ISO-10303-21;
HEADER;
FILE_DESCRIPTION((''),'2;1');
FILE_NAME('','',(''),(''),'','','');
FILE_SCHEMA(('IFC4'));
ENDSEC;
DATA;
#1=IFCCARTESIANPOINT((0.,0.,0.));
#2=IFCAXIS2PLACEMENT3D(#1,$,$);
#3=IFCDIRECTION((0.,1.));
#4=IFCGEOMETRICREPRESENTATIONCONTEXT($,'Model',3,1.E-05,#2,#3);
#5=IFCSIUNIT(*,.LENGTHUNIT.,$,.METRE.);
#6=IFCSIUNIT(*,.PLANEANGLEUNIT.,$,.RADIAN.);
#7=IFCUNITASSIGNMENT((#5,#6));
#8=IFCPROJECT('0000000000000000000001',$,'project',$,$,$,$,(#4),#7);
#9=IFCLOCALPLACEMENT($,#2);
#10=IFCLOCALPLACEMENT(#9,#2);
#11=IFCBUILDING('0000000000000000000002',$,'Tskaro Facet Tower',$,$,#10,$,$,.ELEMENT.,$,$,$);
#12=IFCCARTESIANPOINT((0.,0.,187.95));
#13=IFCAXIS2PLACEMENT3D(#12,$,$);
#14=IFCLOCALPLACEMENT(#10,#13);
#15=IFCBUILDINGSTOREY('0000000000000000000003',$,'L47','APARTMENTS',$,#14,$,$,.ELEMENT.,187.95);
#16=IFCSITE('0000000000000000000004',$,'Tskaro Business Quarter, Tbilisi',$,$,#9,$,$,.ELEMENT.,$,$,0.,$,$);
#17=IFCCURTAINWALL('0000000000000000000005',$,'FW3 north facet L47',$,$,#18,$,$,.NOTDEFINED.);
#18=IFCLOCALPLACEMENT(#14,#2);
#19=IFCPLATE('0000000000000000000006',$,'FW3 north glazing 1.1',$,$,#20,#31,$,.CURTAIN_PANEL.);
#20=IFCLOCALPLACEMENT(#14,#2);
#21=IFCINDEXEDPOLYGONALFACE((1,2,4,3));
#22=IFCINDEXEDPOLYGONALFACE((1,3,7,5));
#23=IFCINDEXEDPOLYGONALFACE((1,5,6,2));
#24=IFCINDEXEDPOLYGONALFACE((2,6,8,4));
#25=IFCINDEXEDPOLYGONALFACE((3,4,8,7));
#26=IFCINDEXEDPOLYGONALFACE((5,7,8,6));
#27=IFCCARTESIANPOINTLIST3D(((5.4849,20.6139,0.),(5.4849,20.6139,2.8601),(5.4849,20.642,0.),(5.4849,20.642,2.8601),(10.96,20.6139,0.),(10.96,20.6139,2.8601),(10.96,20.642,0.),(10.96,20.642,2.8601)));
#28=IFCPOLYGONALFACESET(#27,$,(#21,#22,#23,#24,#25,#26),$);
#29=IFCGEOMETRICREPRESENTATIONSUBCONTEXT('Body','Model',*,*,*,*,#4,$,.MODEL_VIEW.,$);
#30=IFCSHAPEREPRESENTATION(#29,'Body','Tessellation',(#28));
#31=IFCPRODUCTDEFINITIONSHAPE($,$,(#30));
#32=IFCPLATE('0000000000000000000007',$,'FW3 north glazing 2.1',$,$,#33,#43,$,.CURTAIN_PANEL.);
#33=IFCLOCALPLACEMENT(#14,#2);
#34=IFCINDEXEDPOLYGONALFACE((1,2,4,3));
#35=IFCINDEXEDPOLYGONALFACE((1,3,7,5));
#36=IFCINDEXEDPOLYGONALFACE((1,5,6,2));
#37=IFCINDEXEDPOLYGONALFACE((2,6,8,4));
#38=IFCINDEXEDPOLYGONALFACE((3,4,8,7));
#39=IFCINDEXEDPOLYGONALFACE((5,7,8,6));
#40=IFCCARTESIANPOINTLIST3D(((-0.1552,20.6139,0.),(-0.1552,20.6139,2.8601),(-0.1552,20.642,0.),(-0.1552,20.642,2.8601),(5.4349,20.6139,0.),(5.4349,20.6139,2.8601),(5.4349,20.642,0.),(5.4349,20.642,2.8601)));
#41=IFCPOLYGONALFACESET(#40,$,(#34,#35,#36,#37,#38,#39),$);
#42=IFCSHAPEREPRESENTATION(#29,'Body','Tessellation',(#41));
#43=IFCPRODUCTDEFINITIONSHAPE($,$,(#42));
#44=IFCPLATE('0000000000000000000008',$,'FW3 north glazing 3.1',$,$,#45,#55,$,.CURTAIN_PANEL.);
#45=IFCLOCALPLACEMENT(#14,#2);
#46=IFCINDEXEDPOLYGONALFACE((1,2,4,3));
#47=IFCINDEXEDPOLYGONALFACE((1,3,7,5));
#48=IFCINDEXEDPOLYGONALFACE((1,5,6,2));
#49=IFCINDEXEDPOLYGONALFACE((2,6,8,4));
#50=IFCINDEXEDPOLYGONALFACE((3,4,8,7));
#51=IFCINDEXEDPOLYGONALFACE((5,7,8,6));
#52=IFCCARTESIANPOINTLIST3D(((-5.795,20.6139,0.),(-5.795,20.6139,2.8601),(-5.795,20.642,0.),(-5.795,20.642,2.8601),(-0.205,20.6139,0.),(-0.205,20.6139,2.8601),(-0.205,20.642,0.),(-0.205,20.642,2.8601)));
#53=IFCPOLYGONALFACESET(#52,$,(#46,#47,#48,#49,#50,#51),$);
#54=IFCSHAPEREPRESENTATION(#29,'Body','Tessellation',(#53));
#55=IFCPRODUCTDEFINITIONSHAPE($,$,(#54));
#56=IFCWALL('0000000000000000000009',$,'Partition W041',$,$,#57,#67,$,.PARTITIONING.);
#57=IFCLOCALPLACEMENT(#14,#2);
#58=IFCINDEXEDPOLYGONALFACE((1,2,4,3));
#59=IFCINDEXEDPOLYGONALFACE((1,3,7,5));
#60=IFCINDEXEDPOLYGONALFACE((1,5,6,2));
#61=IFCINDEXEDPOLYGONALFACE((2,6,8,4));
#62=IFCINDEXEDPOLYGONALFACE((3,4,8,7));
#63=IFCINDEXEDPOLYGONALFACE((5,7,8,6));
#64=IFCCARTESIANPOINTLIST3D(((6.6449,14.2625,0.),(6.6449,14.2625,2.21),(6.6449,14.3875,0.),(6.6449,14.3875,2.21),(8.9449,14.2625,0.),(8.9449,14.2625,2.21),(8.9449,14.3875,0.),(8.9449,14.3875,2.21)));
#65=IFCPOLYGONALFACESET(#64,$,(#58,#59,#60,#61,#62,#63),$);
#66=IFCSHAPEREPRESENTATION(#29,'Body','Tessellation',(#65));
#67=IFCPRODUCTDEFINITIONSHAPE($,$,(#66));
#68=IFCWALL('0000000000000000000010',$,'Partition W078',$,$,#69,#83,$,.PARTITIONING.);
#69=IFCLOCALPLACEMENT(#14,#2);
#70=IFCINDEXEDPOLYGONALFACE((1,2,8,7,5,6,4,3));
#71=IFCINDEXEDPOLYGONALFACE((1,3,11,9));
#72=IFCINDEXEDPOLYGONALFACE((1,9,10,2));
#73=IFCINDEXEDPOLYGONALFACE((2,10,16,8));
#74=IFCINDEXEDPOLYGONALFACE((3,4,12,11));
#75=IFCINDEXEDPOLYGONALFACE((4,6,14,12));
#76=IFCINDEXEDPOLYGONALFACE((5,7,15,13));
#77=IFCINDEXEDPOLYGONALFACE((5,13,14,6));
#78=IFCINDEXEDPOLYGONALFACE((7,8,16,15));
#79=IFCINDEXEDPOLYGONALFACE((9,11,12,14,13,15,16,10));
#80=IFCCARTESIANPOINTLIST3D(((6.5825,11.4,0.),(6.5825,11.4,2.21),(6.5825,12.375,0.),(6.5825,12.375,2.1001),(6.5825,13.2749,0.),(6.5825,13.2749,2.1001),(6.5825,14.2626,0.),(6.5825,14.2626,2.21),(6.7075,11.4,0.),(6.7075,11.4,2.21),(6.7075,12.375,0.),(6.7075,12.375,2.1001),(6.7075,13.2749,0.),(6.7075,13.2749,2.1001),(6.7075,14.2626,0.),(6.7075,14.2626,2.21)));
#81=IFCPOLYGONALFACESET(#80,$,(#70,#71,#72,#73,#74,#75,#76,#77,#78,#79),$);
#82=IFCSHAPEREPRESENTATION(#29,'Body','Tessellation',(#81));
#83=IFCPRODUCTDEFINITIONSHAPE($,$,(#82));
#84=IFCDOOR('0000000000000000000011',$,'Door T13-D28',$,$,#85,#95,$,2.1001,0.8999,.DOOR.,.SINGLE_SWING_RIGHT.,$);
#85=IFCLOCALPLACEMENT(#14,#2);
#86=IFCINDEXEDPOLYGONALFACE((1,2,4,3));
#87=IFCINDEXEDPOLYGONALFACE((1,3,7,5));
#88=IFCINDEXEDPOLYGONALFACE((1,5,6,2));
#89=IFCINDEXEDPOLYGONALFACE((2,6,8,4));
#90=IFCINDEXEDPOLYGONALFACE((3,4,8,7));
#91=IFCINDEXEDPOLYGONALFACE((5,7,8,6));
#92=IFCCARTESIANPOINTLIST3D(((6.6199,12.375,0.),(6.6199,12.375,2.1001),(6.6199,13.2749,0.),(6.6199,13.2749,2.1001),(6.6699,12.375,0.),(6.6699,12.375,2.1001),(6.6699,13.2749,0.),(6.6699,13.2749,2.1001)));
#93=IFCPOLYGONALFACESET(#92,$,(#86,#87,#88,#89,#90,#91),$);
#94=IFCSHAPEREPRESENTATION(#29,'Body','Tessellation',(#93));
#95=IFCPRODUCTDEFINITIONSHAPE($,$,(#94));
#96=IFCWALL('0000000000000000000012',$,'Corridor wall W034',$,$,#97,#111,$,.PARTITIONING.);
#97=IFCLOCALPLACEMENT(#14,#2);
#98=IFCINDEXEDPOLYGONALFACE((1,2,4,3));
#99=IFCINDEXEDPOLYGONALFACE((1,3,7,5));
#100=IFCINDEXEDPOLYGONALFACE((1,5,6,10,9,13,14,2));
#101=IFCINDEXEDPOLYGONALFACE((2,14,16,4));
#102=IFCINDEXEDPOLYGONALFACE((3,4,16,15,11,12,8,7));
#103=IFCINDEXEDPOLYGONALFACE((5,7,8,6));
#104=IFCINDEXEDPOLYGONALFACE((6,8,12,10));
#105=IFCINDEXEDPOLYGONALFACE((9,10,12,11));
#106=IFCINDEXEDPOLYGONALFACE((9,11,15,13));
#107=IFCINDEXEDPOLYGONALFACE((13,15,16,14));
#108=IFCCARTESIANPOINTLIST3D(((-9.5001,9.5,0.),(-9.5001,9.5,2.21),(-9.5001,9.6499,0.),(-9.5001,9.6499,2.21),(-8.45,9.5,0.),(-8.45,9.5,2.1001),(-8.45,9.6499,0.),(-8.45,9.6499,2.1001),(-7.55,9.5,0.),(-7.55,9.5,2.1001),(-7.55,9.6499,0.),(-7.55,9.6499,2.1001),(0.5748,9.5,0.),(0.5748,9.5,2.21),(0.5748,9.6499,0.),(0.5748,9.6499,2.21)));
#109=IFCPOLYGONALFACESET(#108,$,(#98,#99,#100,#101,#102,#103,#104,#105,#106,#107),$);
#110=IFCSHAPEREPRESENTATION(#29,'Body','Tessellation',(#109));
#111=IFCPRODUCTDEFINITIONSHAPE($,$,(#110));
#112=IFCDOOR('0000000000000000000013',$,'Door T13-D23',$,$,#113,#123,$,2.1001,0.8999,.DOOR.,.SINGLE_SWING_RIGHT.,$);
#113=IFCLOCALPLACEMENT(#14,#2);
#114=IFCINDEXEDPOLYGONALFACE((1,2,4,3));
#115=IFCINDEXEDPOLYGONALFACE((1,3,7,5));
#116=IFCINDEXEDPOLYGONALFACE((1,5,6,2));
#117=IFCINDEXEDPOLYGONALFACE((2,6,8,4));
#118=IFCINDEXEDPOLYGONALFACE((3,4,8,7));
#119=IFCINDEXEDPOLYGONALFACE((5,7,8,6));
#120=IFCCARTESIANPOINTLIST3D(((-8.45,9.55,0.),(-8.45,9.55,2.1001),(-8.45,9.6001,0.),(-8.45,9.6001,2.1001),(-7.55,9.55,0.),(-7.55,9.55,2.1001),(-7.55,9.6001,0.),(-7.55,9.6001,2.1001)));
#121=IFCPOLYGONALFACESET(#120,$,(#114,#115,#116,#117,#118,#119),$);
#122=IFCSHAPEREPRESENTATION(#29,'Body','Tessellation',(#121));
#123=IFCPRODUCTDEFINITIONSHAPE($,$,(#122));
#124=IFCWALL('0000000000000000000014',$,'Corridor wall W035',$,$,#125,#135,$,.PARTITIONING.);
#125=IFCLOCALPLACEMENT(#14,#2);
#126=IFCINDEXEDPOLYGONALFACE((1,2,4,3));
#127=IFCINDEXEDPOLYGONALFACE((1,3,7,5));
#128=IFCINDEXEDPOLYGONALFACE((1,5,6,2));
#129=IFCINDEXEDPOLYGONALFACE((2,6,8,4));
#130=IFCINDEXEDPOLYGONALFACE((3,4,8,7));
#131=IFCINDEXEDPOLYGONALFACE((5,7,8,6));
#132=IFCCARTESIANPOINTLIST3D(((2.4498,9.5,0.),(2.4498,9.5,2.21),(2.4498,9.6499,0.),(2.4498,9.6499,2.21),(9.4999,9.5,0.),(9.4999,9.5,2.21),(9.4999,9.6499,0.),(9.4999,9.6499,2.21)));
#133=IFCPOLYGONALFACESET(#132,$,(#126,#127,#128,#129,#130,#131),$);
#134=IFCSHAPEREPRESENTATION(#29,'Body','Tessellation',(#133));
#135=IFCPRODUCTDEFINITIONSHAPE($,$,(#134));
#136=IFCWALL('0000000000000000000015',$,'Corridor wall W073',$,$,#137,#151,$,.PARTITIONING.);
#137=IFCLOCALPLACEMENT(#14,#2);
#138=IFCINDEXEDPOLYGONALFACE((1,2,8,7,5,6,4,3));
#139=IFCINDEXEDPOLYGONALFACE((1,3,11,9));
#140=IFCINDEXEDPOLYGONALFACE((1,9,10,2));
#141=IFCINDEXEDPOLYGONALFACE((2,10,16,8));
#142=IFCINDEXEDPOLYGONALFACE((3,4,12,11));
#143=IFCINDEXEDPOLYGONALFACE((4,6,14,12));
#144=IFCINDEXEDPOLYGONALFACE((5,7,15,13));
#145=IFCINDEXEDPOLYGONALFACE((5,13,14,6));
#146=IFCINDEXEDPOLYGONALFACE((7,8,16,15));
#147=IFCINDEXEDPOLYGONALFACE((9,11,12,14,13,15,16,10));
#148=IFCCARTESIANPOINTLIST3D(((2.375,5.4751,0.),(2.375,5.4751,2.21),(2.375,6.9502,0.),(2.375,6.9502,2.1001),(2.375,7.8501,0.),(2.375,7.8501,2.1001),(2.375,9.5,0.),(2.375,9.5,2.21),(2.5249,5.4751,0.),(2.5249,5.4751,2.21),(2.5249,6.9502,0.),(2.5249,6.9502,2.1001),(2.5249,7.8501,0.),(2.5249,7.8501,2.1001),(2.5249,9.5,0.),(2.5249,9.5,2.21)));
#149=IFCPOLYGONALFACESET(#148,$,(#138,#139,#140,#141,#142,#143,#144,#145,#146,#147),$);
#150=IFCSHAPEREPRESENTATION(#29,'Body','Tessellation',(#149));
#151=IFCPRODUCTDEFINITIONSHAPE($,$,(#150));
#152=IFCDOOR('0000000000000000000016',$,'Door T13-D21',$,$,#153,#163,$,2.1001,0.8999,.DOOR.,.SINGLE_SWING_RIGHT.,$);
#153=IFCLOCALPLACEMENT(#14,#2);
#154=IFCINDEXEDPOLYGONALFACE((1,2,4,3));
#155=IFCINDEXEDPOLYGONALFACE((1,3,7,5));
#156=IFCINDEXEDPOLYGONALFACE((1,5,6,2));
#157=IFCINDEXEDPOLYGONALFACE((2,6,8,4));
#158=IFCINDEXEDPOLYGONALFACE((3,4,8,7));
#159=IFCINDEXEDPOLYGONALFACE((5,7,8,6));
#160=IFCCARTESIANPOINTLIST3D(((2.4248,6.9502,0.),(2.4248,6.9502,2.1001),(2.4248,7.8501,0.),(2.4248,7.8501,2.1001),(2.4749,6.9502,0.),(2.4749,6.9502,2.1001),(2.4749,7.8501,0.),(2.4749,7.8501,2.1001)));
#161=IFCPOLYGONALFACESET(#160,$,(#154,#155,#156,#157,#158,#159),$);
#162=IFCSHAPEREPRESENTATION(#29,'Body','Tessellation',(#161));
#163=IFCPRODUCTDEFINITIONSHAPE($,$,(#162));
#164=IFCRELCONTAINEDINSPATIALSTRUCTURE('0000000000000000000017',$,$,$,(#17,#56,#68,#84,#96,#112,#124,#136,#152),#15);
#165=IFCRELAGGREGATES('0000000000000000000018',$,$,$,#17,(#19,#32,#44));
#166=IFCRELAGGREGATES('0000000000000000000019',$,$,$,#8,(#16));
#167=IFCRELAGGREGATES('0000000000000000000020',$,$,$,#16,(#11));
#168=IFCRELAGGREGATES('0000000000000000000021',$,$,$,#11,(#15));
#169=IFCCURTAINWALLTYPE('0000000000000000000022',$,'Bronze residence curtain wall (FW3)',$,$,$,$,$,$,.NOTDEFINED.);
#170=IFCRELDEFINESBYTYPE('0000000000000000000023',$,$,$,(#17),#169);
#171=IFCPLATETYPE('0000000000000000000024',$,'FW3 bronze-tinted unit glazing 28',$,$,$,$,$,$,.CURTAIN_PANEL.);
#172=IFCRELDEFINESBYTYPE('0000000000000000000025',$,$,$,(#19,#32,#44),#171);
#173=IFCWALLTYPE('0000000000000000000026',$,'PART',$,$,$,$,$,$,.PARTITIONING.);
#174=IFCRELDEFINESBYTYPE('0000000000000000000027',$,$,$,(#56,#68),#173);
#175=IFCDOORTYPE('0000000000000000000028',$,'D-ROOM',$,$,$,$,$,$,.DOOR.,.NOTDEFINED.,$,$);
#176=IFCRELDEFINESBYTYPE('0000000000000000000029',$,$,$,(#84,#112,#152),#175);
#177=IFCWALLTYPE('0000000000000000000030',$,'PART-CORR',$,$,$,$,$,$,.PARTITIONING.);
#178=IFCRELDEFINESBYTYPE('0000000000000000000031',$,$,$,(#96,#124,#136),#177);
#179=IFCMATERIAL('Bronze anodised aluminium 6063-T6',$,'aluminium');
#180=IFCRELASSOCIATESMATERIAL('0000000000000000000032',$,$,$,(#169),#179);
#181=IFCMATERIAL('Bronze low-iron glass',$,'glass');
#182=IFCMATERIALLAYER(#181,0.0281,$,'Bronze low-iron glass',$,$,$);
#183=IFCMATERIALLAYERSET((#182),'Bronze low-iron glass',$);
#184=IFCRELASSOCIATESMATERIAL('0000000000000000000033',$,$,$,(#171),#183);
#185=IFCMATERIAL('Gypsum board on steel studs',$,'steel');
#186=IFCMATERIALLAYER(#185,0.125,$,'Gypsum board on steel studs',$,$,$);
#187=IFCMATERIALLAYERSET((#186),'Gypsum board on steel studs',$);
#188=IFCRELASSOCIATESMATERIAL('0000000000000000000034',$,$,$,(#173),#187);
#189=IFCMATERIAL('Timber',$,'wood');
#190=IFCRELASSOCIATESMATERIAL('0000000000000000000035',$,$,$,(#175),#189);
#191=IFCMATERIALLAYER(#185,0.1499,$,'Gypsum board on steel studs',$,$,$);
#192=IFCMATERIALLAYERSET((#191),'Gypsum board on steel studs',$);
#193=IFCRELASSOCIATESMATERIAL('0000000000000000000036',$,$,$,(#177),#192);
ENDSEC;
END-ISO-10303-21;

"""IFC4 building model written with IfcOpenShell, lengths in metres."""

from ifc_helpers import new_model, si_unit, direction, frame, frame_2d, origin, origin_2d, place, context, subcontext, project, spatial, rectangle, extrude, material, layer, layer_set, type_object, element, fill, aggregate, save


model = new_model("IFC4")

# Units and contexts
model_context = context("Model", 3, precision=1e-05, world=origin(), true_north=direction((0.0, 1.0)))
body_context = subcontext(model_context, "Body", "Model", "MODEL_VIEW")
ifc_project = project(units=[si_unit("LENGTHUNIT", "METRE"), si_unit("PLANEANGLEUNIT", "RADIAN")], contexts=[model_context])

# Site, building, storey
site_placement = place(None, origin())
site = spatial("IfcSite", under=ifc_project, at=site_placement, Name="Tskaro Business Quarter, Tbilisi", CompositionType="ELEMENT", RefElevation=0.0)
building_placement = place(site_placement, origin())
building = spatial("IfcBuilding", under=site, at=building_placement, Name="Tskaro Facet Tower", CompositionType="ELEMENT")
storey_placement = place(building_placement, frame((0.0, 0.0, 187.95)))
storey = spatial("IfcBuildingStorey", under=building, at=storey_placement, Name="L47", Description="APARTMENTS", CompositionType="ELEMENT", Elevation=187.95)

# Curtain wall
ifc_material_1 = material(Name="Bronze anodised aluminium 6063-T6", Category="aluminium")
curtain_wall_type = type_object("IfcCurtainWallType", Name="Bronze residence curtain wall (FW3)", PredefinedType="NOTDEFINED", material=ifc_material_1)
curtain_wall_placement = place(storey_placement, origin())
curtain_wall = element("IfcCurtainWall", 1, at=curtain_wall_placement, inside=storey, type_object=curtain_wall_type, Name="FW3 north facet L47", PredefinedType="NOTDEFINED")

# Plates
ifc_material_2 = material(Name="Bronze low-iron glass", Category="glass")
ifc_layer_1 = layer(ifc_material_2, 0.0281, Name="Bronze low-iron glass")
ifc_layer_set_1 = layer_set([ifc_layer_1], Name="Bronze low-iron glass")
plate_type = type_object("IfcPlateType", Name="FW3 bronze-tinted unit glazing 28", PredefinedType="CURTAIN_PANEL", material=ifc_layer_set_1)
plate_1_placement = place(storey_placement, frame((8.2224, 20.6279, 0.0), z_axis=(0.0, 0.0, 1.0), x_axis=(-1.0, 0.0, 0.0)))
plate_1 = element("IfcPlate", 2, at=plate_1_placement, type_object=plate_type, Name="FW3 north glazing 1.1", PredefinedType="CURTAIN_PANEL", context=body_context, shape_type="SweptSolid", body=[
    extrude(rectangle(XDim=5.4751, YDim=0.0281, at=origin_2d()), origin(), (0.0, 0.0, 1.0), 2.8601),
])
plate_2_placement = place(storey_placement, frame((2.6399, 20.6279, 0.0), z_axis=(0.0, 0.0, 1.0), x_axis=(-1.0, 0.0, 0.0)))
plate_2 = element("IfcPlate", 3, at=plate_2_placement, type_object=plate_type, Name="FW3 north glazing 2.1", PredefinedType="CURTAIN_PANEL", context=body_context, shape_type="SweptSolid", body=[
    extrude(rectangle(XDim=5.5901, YDim=0.0281, at=origin_2d()), origin(), (0.0, 0.0, 1.0), 2.8601),
])
plate_3_placement = place(storey_placement, frame((-3.0, 20.6279, 0.0), z_axis=(0.0, 0.0, 1.0), x_axis=(-1.0, 0.0, 0.0)))
plate_3 = element("IfcPlate", 4, at=plate_3_placement, type_object=plate_type, Name="FW3 north glazing 3.1", PredefinedType="CURTAIN_PANEL", context=body_context, shape_type="SweptSolid", body=[
    extrude(rectangle(XDim=5.5901, YDim=0.0281, at=origin_2d()), origin(), (0.0, 0.0, 1.0), 2.8601),
])
aggregate(curtain_wall, [plate_1, plate_2, plate_3])

# Wall
ifc_material_3 = material(Name="Gypsum board on steel studs", Category="steel")
ifc_layer_2 = layer(ifc_material_3, 0.125, Name="Gypsum board on steel studs")
ifc_layer_set_2 = layer_set([ifc_layer_2], Name="Gypsum board on steel studs")
wall_type_1 = type_object("IfcWallType", Name="PART", PredefinedType="PARTITIONING", material=ifc_layer_set_2)
wall_1_placement = place(storey_placement, frame((6.645, 14.325, 0.0), z_axis=(0.0, 0.0, 1.0), x_axis=(1.0, 0.0, 0.0)))
element("IfcWall", 5, at=wall_1_placement, inside=storey, type_object=wall_type_1, Name="Partition W041", PredefinedType="PARTITIONING", context=body_context, shape_type="SweptSolid", body=[
    extrude(rectangle(XDim=2.3, YDim=0.125, at=frame_2d((1.1499, 0.0))), origin(), (0.0, 0.0, 1.0), 2.21),
])

# Walls, openings, doors
wall_2_placement = place(storey_placement, frame((6.645, 14.2625, 0.0), z_axis=(0.0, 0.0, 1.0), x_axis=(0.0, -1.0, 0.0)))
wall_2 = element("IfcWall", 6, at=wall_2_placement, inside=storey, type_object=wall_type_1, Name="Partition W078", PredefinedType="PARTITIONING", context=body_context, shape_type="SweptSolid", body=[
    extrude(rectangle(XDim=2.8625, YDim=0.125, at=frame_2d((1.4312, 0.0))), origin(), (0.0, 0.0, 1.0), 2.21),
])
opening_1_placement = place(wall_2_placement, frame((0.9875, 0.0, 0.0)))
opening_1 = element("IfcOpeningElement", 7, at=opening_1_placement, cuts=wall_2, PredefinedType="OPENING", context=body_context, shape_type="SweptSolid", body=[
    extrude(rectangle(XDim=0.8999, YDim=2.1001, at=frame_2d((0.45, 1.05))), frame((0.0, 0.0725, 0.0), z_axis=(0.0, -1.0, 0.0), x_axis=(1.0, 0.0, 0.0)), (0.0, 0.0, 1.0), 0.145),
])
ifc_material_4 = material(Name="Timber", Category="wood")
door_type = type_object("IfcDoorType", Name="D-ROOM", OperationType="NOTDEFINED", PredefinedType="DOOR", material=ifc_material_4)
door_1_placement = place(opening_1_placement, origin())
door_1 = element("IfcDoor", 8, at=door_1_placement, inside=storey, type_object=door_type, Name="Door T13-D28", OperationType="SINGLE_SWING_RIGHT", OverallHeight=2.1001, OverallWidth=0.8999, PredefinedType="DOOR", context=body_context, shape_type="SweptSolid", body=[
    extrude(rectangle(XDim=0.8999, YDim=2.1001, at=frame_2d((0.45, 1.05))), frame((0.0, 0.0249, 0.0), z_axis=(0.0, -1.0, 0.0), x_axis=(1.0, 0.0, 0.0)), (0.0, 0.0, 1.0), 0.05),
])
fill(opening_1, door_1)
ifc_layer_3 = layer(ifc_material_3, 0.1499, Name="Gypsum board on steel studs")
ifc_layer_set_3 = layer_set([ifc_layer_3], Name="Gypsum board on steel studs")
wall_type_2 = type_object("IfcWallType", Name="PART-CORR", PredefinedType="PARTITIONING", material=ifc_layer_set_3)
wall_3_placement = place(storey_placement, frame((0.575, 9.575, 0.0), z_axis=(0.0, 0.0, 1.0), x_axis=(-1.0, 0.0, 0.0)))
wall_3 = element("IfcWall", 9, at=wall_3_placement, inside=storey, type_object=wall_type_2, Name="Corridor wall W034", PredefinedType="PARTITIONING", context=body_context, shape_type="SweptSolid", body=[
    extrude(rectangle(XDim=10.075, YDim=0.1499, at=frame_2d((5.0376, 0.0))), origin(), (0.0, 0.0, 1.0), 2.21),
])
opening_2_placement = place(wall_3_placement, frame((8.125, 0.0, 0.0)))
opening_2 = element("IfcOpeningElement", 10, at=opening_2_placement, cuts=wall_3, PredefinedType="OPENING", context=body_context, shape_type="SweptSolid", body=[
    extrude(rectangle(XDim=0.8999, YDim=2.1001, at=frame_2d((0.45, 1.05))), frame((0.0, 0.085, 0.0), z_axis=(0.0, -1.0, 0.0), x_axis=(1.0, 0.0, 0.0)), (0.0, 0.0, 1.0), 0.1699),
])
door_2_placement = place(opening_2_placement, origin())
door_2 = element("IfcDoor", 11, at=door_2_placement, inside=storey, type_object=door_type, Name="Door T13-D23", OperationType="SINGLE_SWING_RIGHT", OverallHeight=2.1001, OverallWidth=0.8999, PredefinedType="DOOR", context=body_context, shape_type="SweptSolid", body=[
    extrude(rectangle(XDim=0.8999, YDim=2.1001, at=frame_2d((0.45, 1.05))), frame((0.0, 0.0249, 0.0), z_axis=(0.0, -1.0, 0.0), x_axis=(1.0, 0.0, 0.0)), (0.0, 0.0, 1.0), 0.05),
])
fill(opening_2, door_2)

# Wall
wall_4_placement = place(storey_placement, frame((2.45, 9.575, 0.0), z_axis=(0.0, 0.0, 1.0), x_axis=(1.0, 0.0, 0.0)))
element("IfcWall", 12, at=wall_4_placement, inside=storey, type_object=wall_type_2, Name="Corridor wall W035", PredefinedType="PARTITIONING", context=body_context, shape_type="SweptSolid", body=[
    extrude(rectangle(XDim=7.05, YDim=0.1499, at=frame_2d((3.5249, 0.0))), origin(), (0.0, 0.0, 1.0), 2.21),
])

# Wall, opening, door
wall_5_placement = place(storey_placement, frame((2.45, 9.5, 0.0), z_axis=(0.0, 0.0, 1.0), x_axis=(0.0, -1.0, 0.0)))
wall_5 = element("IfcWall", 13, at=wall_5_placement, inside=storey, type_object=wall_type_2, Name="Corridor wall W073", PredefinedType="PARTITIONING", context=body_context, shape_type="SweptSolid", body=[
    extrude(rectangle(XDim=4.0249, YDim=0.1499, at=frame_2d((2.0125, 0.0))), origin(), (0.0, 0.0, 1.0), 2.21),
])
opening_3_placement = place(wall_5_placement, frame((1.6499, 0.0, 0.0)))
opening_3 = element("IfcOpeningElement", 14, at=opening_3_placement, cuts=wall_5, PredefinedType="OPENING", context=body_context, shape_type="SweptSolid", body=[
    extrude(rectangle(XDim=0.8999, YDim=2.1001, at=frame_2d((0.45, 1.05))), frame((0.0, 0.085, 0.0), z_axis=(0.0, -1.0, 0.0), x_axis=(1.0, 0.0, 0.0)), (0.0, 0.0, 1.0), 0.1699),
])
door_3_placement = place(opening_3_placement, origin())
door_3 = element("IfcDoor", 15, at=door_3_placement, inside=storey, type_object=door_type, Name="Door T13-D21", OperationType="SINGLE_SWING_RIGHT", OverallHeight=2.1001, OverallWidth=0.8999, PredefinedType="DOOR", context=body_context, shape_type="SweptSolid", body=[
    extrude(rectangle(XDim=0.8999, YDim=2.1001, at=frame_2d((0.45, 1.05))), frame((0.0, 0.0249, 0.0), z_axis=(0.0, -1.0, 0.0), x_axis=(1.0, 0.0, 0.0)), (0.0, 0.0, 1.0), 0.05),
])
fill(opening_3, door_3)

save(model, "model.ifc")
